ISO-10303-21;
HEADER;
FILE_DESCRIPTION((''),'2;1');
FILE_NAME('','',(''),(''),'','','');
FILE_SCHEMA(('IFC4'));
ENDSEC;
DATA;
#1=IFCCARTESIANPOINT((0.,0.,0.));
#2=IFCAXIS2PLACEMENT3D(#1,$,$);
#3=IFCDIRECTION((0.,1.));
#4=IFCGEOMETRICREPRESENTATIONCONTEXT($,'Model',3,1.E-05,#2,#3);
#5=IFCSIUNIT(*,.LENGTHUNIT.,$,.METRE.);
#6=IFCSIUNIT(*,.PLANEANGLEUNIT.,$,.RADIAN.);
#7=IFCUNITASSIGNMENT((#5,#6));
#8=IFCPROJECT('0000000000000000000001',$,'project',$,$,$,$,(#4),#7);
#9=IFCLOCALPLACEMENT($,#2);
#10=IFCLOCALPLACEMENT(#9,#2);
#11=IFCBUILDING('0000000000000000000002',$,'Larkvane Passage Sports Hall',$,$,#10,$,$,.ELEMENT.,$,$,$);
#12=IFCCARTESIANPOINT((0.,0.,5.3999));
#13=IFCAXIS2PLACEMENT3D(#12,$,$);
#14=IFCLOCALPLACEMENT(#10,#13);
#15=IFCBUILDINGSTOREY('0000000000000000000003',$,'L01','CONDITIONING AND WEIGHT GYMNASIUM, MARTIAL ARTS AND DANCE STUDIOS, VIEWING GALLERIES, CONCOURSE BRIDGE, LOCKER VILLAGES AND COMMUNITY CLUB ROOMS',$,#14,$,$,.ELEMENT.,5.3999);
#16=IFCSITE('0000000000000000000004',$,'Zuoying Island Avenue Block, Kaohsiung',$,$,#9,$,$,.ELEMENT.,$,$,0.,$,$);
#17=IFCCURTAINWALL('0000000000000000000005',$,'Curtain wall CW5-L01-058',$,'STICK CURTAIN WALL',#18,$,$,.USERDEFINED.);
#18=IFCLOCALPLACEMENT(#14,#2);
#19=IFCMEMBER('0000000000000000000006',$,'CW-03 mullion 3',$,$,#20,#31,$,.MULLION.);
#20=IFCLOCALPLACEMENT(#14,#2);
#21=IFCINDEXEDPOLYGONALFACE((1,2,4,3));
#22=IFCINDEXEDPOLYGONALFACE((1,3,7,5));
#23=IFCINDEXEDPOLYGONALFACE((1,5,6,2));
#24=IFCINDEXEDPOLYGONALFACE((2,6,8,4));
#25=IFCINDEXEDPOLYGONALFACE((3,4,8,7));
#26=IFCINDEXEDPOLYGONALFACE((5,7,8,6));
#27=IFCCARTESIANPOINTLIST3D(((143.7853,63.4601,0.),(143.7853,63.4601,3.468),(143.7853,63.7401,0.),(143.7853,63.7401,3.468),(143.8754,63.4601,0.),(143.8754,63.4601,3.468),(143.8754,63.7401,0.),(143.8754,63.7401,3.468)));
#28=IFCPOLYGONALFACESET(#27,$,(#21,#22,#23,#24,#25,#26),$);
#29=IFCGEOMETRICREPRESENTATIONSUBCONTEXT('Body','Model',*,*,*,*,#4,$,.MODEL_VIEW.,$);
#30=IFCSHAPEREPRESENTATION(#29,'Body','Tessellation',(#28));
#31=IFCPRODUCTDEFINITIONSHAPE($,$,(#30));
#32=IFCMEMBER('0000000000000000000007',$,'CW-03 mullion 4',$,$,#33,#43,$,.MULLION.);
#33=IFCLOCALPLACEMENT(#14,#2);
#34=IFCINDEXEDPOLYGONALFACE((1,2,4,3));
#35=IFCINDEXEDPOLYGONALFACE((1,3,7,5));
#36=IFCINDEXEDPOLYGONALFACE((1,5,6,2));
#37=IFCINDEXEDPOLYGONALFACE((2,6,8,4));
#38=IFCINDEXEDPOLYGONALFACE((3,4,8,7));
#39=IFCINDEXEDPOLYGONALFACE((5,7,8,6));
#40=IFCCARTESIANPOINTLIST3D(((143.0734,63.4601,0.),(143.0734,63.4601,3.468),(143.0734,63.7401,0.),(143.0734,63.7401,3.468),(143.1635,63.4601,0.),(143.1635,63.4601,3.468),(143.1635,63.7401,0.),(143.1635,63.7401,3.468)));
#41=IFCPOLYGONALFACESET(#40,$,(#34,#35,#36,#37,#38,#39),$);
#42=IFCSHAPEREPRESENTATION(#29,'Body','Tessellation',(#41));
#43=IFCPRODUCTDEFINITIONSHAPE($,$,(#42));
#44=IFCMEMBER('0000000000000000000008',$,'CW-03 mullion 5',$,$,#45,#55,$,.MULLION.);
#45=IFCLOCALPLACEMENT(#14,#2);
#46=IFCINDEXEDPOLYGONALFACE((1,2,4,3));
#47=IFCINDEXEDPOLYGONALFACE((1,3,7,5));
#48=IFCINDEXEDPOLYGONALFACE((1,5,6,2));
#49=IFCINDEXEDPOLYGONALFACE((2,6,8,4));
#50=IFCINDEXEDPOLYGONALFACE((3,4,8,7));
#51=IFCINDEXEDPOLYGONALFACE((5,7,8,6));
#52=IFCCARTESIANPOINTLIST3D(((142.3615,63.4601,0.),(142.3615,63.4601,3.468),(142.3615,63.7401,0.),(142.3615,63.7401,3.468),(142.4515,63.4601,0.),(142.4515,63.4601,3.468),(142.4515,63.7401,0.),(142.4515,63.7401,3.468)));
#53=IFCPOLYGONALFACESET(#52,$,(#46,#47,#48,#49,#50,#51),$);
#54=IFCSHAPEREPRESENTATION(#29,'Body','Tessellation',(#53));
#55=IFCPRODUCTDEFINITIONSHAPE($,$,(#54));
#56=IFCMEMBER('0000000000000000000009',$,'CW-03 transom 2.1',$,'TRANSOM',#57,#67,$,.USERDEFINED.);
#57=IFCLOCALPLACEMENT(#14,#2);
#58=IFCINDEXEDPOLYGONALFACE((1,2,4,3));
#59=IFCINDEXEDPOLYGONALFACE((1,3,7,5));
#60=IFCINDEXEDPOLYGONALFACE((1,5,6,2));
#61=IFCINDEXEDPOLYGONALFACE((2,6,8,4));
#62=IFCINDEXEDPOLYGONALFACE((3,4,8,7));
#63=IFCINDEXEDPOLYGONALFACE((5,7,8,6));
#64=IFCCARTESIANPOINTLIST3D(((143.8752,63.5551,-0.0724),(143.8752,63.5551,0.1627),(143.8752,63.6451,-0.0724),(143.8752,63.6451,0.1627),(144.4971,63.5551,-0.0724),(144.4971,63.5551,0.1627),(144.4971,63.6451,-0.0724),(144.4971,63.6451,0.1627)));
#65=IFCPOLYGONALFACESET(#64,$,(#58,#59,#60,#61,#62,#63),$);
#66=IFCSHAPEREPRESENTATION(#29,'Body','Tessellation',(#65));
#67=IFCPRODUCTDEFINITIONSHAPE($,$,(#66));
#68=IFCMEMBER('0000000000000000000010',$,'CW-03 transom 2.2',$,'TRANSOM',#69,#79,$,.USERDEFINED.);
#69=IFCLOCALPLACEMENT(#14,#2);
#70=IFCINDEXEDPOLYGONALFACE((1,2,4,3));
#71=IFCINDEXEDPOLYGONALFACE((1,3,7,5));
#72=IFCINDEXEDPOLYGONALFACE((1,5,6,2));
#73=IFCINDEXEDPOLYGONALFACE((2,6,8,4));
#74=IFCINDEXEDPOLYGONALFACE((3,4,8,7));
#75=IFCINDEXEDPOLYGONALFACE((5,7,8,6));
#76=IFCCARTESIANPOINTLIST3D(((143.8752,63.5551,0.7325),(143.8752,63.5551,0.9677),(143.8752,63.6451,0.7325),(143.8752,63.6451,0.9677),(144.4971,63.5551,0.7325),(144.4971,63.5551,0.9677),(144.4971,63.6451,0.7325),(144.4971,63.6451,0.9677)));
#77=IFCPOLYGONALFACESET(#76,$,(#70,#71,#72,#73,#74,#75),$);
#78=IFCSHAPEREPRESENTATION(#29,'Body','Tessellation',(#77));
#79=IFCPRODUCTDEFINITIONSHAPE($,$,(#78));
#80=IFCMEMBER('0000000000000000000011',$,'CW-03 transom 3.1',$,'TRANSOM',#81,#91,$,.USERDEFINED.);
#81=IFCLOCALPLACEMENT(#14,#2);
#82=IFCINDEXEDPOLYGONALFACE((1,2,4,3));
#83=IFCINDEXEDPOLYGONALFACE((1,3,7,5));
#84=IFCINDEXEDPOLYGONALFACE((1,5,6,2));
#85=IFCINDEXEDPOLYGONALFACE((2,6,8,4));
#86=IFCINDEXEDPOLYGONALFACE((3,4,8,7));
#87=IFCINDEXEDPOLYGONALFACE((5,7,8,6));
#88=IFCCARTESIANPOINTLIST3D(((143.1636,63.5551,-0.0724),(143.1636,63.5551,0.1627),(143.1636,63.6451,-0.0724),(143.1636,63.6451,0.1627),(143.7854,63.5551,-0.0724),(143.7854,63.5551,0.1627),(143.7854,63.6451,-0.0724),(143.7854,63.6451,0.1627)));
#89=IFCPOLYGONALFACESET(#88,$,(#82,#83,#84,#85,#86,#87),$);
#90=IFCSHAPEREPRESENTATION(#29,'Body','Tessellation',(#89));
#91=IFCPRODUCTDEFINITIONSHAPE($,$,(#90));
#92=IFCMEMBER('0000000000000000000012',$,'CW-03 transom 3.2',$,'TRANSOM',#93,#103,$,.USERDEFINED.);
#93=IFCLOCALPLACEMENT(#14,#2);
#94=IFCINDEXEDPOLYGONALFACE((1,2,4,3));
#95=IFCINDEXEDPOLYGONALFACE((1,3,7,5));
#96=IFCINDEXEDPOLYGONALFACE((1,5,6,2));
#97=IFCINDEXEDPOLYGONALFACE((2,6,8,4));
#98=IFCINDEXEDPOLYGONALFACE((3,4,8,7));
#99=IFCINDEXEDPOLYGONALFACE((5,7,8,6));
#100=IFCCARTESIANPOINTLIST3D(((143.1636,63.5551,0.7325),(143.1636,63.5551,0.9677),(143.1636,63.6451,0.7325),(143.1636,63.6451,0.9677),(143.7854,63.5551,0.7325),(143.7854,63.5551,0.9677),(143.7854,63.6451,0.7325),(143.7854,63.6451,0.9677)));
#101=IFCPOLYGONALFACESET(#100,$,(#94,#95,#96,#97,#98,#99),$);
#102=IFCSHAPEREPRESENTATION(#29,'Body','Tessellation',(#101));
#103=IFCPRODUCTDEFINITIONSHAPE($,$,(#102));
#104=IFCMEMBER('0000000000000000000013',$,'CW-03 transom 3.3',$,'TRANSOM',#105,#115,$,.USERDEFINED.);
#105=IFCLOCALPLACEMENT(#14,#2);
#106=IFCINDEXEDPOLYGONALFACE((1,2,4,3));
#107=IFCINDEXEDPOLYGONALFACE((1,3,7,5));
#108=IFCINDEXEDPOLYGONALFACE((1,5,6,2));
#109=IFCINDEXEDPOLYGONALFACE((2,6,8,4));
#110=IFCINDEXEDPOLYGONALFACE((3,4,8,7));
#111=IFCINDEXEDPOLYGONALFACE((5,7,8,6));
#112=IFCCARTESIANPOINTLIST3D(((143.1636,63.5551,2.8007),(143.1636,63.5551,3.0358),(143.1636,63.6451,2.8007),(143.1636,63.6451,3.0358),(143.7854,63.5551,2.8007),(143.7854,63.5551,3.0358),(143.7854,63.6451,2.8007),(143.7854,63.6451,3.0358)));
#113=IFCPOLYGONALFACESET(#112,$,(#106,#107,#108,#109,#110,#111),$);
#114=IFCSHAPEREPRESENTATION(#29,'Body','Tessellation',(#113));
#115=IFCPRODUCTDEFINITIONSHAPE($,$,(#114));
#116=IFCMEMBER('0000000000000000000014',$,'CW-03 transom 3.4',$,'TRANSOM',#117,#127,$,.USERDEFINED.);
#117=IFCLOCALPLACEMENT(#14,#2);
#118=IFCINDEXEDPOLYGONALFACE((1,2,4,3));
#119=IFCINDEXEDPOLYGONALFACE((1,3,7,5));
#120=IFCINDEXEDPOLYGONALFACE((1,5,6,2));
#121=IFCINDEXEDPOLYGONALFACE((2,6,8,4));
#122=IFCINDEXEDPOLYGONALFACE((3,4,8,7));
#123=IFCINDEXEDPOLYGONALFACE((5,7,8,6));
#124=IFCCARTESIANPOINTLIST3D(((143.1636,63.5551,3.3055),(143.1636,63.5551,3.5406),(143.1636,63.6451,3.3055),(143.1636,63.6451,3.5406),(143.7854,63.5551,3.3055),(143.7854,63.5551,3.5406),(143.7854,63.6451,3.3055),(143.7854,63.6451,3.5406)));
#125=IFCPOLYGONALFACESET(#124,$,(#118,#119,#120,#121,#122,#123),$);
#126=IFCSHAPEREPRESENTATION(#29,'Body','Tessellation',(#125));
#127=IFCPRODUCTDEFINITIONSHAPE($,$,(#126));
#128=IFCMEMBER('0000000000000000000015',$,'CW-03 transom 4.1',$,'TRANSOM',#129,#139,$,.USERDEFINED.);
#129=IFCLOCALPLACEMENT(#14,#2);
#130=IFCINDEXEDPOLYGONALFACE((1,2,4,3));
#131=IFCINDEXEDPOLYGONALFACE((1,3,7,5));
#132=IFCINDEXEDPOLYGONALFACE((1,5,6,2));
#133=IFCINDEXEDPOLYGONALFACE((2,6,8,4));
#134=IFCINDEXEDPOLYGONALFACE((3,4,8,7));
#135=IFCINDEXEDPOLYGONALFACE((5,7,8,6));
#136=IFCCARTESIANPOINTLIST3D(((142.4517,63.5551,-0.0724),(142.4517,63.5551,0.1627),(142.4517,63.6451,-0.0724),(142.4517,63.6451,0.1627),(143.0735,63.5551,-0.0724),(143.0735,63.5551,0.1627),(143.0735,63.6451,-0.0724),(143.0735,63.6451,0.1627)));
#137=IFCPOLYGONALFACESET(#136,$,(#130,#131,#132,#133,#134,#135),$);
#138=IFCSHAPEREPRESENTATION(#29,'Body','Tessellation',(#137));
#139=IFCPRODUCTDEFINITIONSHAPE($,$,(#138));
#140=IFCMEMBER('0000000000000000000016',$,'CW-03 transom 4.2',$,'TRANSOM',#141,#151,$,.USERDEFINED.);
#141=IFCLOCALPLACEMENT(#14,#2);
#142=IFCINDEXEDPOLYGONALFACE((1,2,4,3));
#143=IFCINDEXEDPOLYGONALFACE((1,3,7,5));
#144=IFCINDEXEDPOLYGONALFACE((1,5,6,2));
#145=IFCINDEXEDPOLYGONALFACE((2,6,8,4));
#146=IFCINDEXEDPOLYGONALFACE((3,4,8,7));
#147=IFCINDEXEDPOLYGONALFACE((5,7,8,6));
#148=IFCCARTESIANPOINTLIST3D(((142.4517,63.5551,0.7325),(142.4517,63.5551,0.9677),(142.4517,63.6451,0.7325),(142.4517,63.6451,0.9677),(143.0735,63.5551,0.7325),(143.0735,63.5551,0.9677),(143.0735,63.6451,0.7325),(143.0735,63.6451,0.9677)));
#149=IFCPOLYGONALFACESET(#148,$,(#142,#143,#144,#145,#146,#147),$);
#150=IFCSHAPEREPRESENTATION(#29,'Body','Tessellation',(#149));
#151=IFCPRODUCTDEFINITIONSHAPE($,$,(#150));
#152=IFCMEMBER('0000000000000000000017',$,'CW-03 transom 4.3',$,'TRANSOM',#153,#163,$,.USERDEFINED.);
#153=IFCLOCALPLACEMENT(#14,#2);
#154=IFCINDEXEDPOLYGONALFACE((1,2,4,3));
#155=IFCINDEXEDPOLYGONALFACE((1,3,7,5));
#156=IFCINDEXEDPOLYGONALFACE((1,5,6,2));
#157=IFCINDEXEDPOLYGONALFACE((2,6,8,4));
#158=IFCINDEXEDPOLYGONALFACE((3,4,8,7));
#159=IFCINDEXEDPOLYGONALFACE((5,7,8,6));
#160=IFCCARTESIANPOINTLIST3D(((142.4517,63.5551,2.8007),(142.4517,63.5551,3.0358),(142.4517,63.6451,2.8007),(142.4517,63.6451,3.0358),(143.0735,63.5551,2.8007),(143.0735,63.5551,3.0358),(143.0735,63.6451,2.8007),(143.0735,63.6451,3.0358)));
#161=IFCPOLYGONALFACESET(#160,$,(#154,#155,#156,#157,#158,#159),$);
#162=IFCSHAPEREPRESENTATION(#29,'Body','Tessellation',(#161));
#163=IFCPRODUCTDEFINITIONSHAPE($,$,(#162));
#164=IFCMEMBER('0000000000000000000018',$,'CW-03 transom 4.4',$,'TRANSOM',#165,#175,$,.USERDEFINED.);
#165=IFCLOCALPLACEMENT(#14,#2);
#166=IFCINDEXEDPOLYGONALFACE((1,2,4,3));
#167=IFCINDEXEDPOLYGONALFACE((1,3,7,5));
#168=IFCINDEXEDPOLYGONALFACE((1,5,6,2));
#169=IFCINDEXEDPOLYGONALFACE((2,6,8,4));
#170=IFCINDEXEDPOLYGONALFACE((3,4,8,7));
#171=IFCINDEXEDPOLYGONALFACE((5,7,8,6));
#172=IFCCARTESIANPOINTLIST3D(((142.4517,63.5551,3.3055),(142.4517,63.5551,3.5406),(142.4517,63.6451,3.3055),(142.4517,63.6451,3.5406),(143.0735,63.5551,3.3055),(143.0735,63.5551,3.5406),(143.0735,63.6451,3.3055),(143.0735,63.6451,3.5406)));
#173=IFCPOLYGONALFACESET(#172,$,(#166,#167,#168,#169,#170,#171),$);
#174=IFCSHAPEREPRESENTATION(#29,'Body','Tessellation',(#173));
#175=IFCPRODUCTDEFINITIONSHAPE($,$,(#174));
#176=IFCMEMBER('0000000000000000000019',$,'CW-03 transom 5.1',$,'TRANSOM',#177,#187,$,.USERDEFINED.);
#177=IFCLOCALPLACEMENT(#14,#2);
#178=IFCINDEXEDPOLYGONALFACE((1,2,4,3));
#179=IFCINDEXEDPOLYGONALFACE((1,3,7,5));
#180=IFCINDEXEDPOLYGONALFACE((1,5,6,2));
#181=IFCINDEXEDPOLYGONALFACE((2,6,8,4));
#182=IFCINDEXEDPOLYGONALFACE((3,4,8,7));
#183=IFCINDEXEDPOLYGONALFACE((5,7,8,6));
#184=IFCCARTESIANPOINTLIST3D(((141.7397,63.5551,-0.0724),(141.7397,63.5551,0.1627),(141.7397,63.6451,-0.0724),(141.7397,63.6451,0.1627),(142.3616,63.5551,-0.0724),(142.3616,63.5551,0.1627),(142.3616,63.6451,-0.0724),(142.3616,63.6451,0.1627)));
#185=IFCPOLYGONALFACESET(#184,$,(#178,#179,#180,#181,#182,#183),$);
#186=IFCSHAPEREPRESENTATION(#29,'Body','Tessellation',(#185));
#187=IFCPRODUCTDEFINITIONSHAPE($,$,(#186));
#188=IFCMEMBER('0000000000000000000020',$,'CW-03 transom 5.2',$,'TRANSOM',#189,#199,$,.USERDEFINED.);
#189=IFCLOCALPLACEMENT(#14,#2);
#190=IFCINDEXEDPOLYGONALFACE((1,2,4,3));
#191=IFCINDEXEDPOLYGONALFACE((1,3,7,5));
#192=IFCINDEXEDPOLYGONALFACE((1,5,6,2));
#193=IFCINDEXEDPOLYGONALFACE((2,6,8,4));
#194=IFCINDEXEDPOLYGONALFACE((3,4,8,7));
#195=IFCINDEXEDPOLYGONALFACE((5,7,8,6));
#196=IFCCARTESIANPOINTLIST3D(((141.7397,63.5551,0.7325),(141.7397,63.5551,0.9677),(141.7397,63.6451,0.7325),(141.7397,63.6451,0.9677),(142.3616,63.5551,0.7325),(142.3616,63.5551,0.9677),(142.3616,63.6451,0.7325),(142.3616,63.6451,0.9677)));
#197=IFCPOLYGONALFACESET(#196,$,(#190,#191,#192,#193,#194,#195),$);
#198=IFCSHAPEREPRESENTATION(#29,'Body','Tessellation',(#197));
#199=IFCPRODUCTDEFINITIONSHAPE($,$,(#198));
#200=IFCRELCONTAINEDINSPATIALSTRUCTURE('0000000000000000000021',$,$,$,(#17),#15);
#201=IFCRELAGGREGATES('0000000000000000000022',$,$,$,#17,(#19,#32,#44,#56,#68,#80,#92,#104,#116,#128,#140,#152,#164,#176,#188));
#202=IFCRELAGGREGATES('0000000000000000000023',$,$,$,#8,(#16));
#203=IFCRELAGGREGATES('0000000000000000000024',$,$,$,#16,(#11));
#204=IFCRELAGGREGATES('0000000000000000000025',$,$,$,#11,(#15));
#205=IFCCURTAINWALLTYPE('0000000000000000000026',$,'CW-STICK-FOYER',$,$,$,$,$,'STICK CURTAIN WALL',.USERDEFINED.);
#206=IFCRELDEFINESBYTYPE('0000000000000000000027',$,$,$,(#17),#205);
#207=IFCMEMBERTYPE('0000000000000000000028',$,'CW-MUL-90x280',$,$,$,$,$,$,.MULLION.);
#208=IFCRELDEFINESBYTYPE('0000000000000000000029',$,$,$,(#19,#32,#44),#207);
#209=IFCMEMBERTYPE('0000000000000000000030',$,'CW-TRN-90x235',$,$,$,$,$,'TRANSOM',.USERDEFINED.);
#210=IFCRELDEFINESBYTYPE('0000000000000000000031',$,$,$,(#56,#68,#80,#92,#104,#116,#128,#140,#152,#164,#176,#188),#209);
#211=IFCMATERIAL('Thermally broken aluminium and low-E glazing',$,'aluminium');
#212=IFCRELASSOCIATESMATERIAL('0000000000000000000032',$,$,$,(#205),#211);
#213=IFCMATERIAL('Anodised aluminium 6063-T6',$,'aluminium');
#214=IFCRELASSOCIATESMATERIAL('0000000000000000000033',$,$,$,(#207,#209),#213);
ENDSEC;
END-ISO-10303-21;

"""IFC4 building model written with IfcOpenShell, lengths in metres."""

from ifc_helpers import new_model, si_unit, direction, frame, origin, origin_2d, place, context, subcontext, project, spatial, rectangle, extrude, material, material_profile, profile_set, type_object, element, aggregate, save


model = new_model("IFC4")

# Units and contexts
model_context = context("Model", 3, precision=1e-05, world=origin(), true_north=direction((0.0, 1.0)))
body_context = subcontext(model_context, "Body", "Model", "MODEL_VIEW")
ifc_project = project(units=[si_unit("LENGTHUNIT", "METRE"), si_unit("PLANEANGLEUNIT", "RADIAN")], contexts=[model_context])

# Site, building, storey
site_placement = place(None, origin())
site = spatial("IfcSite", under=ifc_project, at=site_placement, Name="Zuoying Island Avenue Block, Kaohsiung", CompositionType="ELEMENT", RefElevation=0.0)
building_placement = place(site_placement, origin())
building = spatial("IfcBuilding", under=site, at=building_placement, Name="Larkvane Passage Sports Hall", CompositionType="ELEMENT")
storey_placement = place(building_placement, frame((0.0, 0.0, 5.3999)))
storey = spatial("IfcBuildingStorey", under=building, at=storey_placement, Name="L01", Description="CONDITIONING AND WEIGHT GYMNASIUM, MARTIAL ARTS AND DANCE STUDIOS, VIEWING GALLERIES, CONCOURSE BRIDGE, LOCKER VILLAGES AND COMMUNITY CLUB ROOMS", CompositionType="ELEMENT", Elevation=5.3999)

# Curtain wall, members
ifc_material_1 = material(Name="Thermally broken aluminium and low-E glazing", Category="aluminium")
curtain_wall_type = type_object("IfcCurtainWallType", Name="CW-STICK-FOYER", ElementType="STICK CURTAIN WALL", PredefinedType="USERDEFINED", material=ifc_material_1)
curtain_wall_placement = place(storey_placement, origin())
curtain_wall = element("IfcCurtainWall", 1, at=curtain_wall_placement, inside=storey, type_object=curtain_wall_type, Name="Curtain wall CW5-L01-058", ObjectType="STICK CURTAIN WALL", PredefinedType="USERDEFINED")
ifc_material_2 = material(Name="Anodised aluminium 6063-T6", Category="aluminium")
ifc_material_profile_1 = material_profile(ifc_material_2, rectangle(XDim=0.0901, YDim=0.28, at=origin_2d()), Name="ALU-MUL-90x280")
ifc_profile_set_1 = profile_set([ifc_material_profile_1], Name="Anodised aluminium 6063-T6")
member_type_1 = type_object("IfcMemberType", Name="CW-MUL-90x280", PredefinedType="MULLION", material=ifc_profile_set_1)
member_1_placement = place(storey_placement, frame((143.8303, 63.6001, 0.0), z_axis=(0.0, 0.0, 1.0), x_axis=(-1.0, 0.0, 0.0)))
member_1 = element("IfcMember", 2, at=member_1_placement, type_object=member_type_1, Name="CW-03 mullion 3", PredefinedType="MULLION", context=body_context, shape_type="SweptSolid", body=[
    extrude(rectangle(XDim=0.0901, YDim=0.28, at=origin_2d()), origin(), (0.0, 0.0, 1.0), 3.468),
])
member_2_placement = place(storey_placement, frame((143.1184, 63.6001, 0.0), z_axis=(0.0, 0.0, 1.0), x_axis=(-1.0, 0.0, 0.0)))
member_2 = element("IfcMember", 3, at=member_2_placement, type_object=member_type_1, Name="CW-03 mullion 4", PredefinedType="MULLION", context=body_context, shape_type="SweptSolid", body=[
    extrude(rectangle(XDim=0.0901, YDim=0.28, at=origin_2d()), origin(), (0.0, 0.0, 1.0), 3.468),
])
member_3_placement = place(storey_placement, frame((142.4065, 63.6001, 0.0), z_axis=(0.0, 0.0, 1.0), x_axis=(-1.0, 0.0, 0.0)))
member_3 = element("IfcMember", 4, at=member_3_placement, type_object=member_type_1, Name="CW-03 mullion 5", PredefinedType="MULLION", context=body_context, shape_type="SweptSolid", body=[
    extrude(rectangle(XDim=0.0901, YDim=0.28, at=origin_2d()), origin(), (0.0, 0.0, 1.0), 3.468),
])
ifc_material_profile_2 = material_profile(ifc_material_2, rectangle(XDim=0.0901, YDim=0.2351, at=origin_2d()), Name="ALU-TRN-90x235")
ifc_profile_set_2 = profile_set([ifc_material_profile_2], Name="Anodised aluminium 6063-T6")
member_type_2 = type_object("IfcMemberType", Name="CW-TRN-90x235", ElementType="TRANSOM", PredefinedType="USERDEFINED", material=ifc_profile_set_2)
member_4_placement = place(storey_placement, frame((144.4971, 63.6001, 0.0452), z_axis=(-1.0, 0.0, 0.0), x_axis=(0.0, -1.0, 0.0)))
member_4 = element("IfcMember", 5, at=member_4_placement, type_object=member_type_2, Name="CW-03 transom 2.1", ObjectType="TRANSOM", PredefinedType="USERDEFINED", context=body_context, shape_type="SweptSolid", body=[
    extrude(rectangle(XDim=0.0901, YDim=0.2351, at=origin_2d()), origin(), (0.0, 0.0, 1.0), 0.6218),
])
member_5_placement = place(storey_placement, frame((144.4971, 63.6001, 0.8501), z_axis=(-1.0, 0.0, 0.0), x_axis=(0.0, -1.0, 0.0)))
member_5 = element("IfcMember", 6, at=member_5_placement, type_object=member_type_2, Name="CW-03 transom 2.2", ObjectType="TRANSOM", PredefinedType="USERDEFINED", context=body_context, shape_type="SweptSolid", body=[
    extrude(rectangle(XDim=0.0901, YDim=0.2351, at=origin_2d()), origin(), (0.0, 0.0, 1.0), 0.6218),
])
member_6_placement = place(storey_placement, frame((143.7854, 63.6001, 0.0452), z_axis=(-1.0, 0.0, 0.0), x_axis=(0.0, -1.0, 0.0)))
member_6 = element("IfcMember", 7, at=member_6_placement, type_object=member_type_2, Name="CW-03 transom 3.1", ObjectType="TRANSOM", PredefinedType="USERDEFINED", context=body_context, shape_type="SweptSolid", body=[
    extrude(rectangle(XDim=0.0901, YDim=0.2351, at=origin_2d()), origin(), (0.0, 0.0, 1.0), 0.6218),
])
member_7_placement = place(storey_placement, frame((143.7854, 63.6001, 0.8501), z_axis=(-1.0, 0.0, 0.0), x_axis=(0.0, -1.0, 0.0)))
member_7 = element("IfcMember", 8, at=member_7_placement, type_object=member_type_2, Name="CW-03 transom 3.2", ObjectType="TRANSOM", PredefinedType="USERDEFINED", context=body_context, shape_type="SweptSolid", body=[
    extrude(rectangle(XDim=0.0901, YDim=0.2351, at=origin_2d()), origin(), (0.0, 0.0, 1.0), 0.6218),
])
member_8_placement = place(storey_placement, frame((143.7854, 63.6001, 2.9182), z_axis=(-1.0, 0.0, 0.0), x_axis=(0.0, -1.0, 0.0)))
member_8 = element("IfcMember", 9, at=member_8_placement, type_object=member_type_2, Name="CW-03 transom 3.3", ObjectType="TRANSOM", PredefinedType="USERDEFINED", context=body_context, shape_type="SweptSolid", body=[
    extrude(rectangle(XDim=0.0901, YDim=0.2351, at=origin_2d()), origin(), (0.0, 0.0, 1.0), 0.6218),
])
member_9_placement = place(storey_placement, frame((143.7854, 63.6001, 3.4231), z_axis=(-1.0, 0.0, 0.0), x_axis=(0.0, -1.0, 0.0)))
member_9 = element("IfcMember", 10, at=member_9_placement, type_object=member_type_2, Name="CW-03 transom 3.4", ObjectType="TRANSOM", PredefinedType="USERDEFINED", context=body_context, shape_type="SweptSolid", body=[
    extrude(rectangle(XDim=0.0901, YDim=0.2351, at=origin_2d()), origin(), (0.0, 0.0, 1.0), 0.6218),
])
member_10_placement = place(storey_placement, frame((143.0735, 63.6001, 0.0452), z_axis=(-1.0, 0.0, 0.0), x_axis=(0.0, -1.0, 0.0)))
member_10 = element("IfcMember", 11, at=member_10_placement, type_object=member_type_2, Name="CW-03 transom 4.1", ObjectType="TRANSOM", PredefinedType="USERDEFINED", context=body_context, shape_type="SweptSolid", body=[
    extrude(rectangle(XDim=0.0901, YDim=0.2351, at=origin_2d()), origin(), (0.0, 0.0, 1.0), 0.6218),
])
member_11_placement = place(storey_placement, frame((143.0735, 63.6001, 0.8501), z_axis=(-1.0, 0.0, 0.0), x_axis=(0.0, -1.0, 0.0)))
member_11 = element("IfcMember", 12, at=member_11_placement, type_object=member_type_2, Name="CW-03 transom 4.2", ObjectType="TRANSOM", PredefinedType="USERDEFINED", context=body_context, shape_type="SweptSolid", body=[
    extrude(rectangle(XDim=0.0901, YDim=0.2351, at=origin_2d()), origin(), (0.0, 0.0, 1.0), 0.6218),
])
member_12_placement = place(storey_placement, frame((143.0735, 63.6001, 2.9182), z_axis=(-1.0, 0.0, 0.0), x_axis=(0.0, -1.0, 0.0)))
member_12 = element("IfcMember", 13, at=member_12_placement, type_object=member_type_2, Name="CW-03 transom 4.3", ObjectType="TRANSOM", PredefinedType="USERDEFINED", context=body_context, shape_type="SweptSolid", body=[
    extrude(rectangle(XDim=0.0901, YDim=0.2351, at=origin_2d()), origin(), (0.0, 0.0, 1.0), 0.6218),
])
member_13_placement = place(storey_placement, frame((143.0735, 63.6001, 3.4231), z_axis=(-1.0, 0.0, 0.0), x_axis=(0.0, -1.0, 0.0)))
member_13 = element("IfcMember", 14, at=member_13_placement, type_object=member_type_2, Name="CW-03 transom 4.4", ObjectType="TRANSOM", PredefinedType="USERDEFINED", context=body_context, shape_type="SweptSolid", body=[
    extrude(rectangle(XDim=0.0901, YDim=0.2351, at=origin_2d()), origin(), (0.0, 0.0, 1.0), 0.6218),
])
member_14_placement = place(storey_placement, frame((142.3616, 63.6001, 0.0452), z_axis=(-1.0, 0.0, 0.0), x_axis=(0.0, -1.0, 0.0)))
member_14 = element("IfcMember", 15, at=member_14_placement, type_object=member_type_2, Name="CW-03 transom 5.1", ObjectType="TRANSOM", PredefinedType="USERDEFINED", context=body_context, shape_type="SweptSolid", body=[
    extrude(rectangle(XDim=0.0901, YDim=0.2351, at=origin_2d()), origin(), (0.0, 0.0, 1.0), 0.6218),
])
member_15_placement = place(storey_placement, frame((142.3616, 63.6001, 0.8501), z_axis=(-1.0, 0.0, 0.0), x_axis=(0.0, -1.0, 0.0)))
member_15 = element("IfcMember", 16, at=member_15_placement, type_object=member_type_2, Name="CW-03 transom 5.2", ObjectType="TRANSOM", PredefinedType="USERDEFINED", context=body_context, shape_type="SweptSolid", body=[
    extrude(rectangle(XDim=0.0901, YDim=0.2351, at=origin_2d()), origin(), (0.0, 0.0, 1.0), 0.6218),
])
aggregate(curtain_wall, [member_1, member_2, member_3, member_4, member_5, member_6, member_7, member_8, member_9, member_10, member_11, member_12, member_13, member_14, member_15])

save(model, "model.ifc")
